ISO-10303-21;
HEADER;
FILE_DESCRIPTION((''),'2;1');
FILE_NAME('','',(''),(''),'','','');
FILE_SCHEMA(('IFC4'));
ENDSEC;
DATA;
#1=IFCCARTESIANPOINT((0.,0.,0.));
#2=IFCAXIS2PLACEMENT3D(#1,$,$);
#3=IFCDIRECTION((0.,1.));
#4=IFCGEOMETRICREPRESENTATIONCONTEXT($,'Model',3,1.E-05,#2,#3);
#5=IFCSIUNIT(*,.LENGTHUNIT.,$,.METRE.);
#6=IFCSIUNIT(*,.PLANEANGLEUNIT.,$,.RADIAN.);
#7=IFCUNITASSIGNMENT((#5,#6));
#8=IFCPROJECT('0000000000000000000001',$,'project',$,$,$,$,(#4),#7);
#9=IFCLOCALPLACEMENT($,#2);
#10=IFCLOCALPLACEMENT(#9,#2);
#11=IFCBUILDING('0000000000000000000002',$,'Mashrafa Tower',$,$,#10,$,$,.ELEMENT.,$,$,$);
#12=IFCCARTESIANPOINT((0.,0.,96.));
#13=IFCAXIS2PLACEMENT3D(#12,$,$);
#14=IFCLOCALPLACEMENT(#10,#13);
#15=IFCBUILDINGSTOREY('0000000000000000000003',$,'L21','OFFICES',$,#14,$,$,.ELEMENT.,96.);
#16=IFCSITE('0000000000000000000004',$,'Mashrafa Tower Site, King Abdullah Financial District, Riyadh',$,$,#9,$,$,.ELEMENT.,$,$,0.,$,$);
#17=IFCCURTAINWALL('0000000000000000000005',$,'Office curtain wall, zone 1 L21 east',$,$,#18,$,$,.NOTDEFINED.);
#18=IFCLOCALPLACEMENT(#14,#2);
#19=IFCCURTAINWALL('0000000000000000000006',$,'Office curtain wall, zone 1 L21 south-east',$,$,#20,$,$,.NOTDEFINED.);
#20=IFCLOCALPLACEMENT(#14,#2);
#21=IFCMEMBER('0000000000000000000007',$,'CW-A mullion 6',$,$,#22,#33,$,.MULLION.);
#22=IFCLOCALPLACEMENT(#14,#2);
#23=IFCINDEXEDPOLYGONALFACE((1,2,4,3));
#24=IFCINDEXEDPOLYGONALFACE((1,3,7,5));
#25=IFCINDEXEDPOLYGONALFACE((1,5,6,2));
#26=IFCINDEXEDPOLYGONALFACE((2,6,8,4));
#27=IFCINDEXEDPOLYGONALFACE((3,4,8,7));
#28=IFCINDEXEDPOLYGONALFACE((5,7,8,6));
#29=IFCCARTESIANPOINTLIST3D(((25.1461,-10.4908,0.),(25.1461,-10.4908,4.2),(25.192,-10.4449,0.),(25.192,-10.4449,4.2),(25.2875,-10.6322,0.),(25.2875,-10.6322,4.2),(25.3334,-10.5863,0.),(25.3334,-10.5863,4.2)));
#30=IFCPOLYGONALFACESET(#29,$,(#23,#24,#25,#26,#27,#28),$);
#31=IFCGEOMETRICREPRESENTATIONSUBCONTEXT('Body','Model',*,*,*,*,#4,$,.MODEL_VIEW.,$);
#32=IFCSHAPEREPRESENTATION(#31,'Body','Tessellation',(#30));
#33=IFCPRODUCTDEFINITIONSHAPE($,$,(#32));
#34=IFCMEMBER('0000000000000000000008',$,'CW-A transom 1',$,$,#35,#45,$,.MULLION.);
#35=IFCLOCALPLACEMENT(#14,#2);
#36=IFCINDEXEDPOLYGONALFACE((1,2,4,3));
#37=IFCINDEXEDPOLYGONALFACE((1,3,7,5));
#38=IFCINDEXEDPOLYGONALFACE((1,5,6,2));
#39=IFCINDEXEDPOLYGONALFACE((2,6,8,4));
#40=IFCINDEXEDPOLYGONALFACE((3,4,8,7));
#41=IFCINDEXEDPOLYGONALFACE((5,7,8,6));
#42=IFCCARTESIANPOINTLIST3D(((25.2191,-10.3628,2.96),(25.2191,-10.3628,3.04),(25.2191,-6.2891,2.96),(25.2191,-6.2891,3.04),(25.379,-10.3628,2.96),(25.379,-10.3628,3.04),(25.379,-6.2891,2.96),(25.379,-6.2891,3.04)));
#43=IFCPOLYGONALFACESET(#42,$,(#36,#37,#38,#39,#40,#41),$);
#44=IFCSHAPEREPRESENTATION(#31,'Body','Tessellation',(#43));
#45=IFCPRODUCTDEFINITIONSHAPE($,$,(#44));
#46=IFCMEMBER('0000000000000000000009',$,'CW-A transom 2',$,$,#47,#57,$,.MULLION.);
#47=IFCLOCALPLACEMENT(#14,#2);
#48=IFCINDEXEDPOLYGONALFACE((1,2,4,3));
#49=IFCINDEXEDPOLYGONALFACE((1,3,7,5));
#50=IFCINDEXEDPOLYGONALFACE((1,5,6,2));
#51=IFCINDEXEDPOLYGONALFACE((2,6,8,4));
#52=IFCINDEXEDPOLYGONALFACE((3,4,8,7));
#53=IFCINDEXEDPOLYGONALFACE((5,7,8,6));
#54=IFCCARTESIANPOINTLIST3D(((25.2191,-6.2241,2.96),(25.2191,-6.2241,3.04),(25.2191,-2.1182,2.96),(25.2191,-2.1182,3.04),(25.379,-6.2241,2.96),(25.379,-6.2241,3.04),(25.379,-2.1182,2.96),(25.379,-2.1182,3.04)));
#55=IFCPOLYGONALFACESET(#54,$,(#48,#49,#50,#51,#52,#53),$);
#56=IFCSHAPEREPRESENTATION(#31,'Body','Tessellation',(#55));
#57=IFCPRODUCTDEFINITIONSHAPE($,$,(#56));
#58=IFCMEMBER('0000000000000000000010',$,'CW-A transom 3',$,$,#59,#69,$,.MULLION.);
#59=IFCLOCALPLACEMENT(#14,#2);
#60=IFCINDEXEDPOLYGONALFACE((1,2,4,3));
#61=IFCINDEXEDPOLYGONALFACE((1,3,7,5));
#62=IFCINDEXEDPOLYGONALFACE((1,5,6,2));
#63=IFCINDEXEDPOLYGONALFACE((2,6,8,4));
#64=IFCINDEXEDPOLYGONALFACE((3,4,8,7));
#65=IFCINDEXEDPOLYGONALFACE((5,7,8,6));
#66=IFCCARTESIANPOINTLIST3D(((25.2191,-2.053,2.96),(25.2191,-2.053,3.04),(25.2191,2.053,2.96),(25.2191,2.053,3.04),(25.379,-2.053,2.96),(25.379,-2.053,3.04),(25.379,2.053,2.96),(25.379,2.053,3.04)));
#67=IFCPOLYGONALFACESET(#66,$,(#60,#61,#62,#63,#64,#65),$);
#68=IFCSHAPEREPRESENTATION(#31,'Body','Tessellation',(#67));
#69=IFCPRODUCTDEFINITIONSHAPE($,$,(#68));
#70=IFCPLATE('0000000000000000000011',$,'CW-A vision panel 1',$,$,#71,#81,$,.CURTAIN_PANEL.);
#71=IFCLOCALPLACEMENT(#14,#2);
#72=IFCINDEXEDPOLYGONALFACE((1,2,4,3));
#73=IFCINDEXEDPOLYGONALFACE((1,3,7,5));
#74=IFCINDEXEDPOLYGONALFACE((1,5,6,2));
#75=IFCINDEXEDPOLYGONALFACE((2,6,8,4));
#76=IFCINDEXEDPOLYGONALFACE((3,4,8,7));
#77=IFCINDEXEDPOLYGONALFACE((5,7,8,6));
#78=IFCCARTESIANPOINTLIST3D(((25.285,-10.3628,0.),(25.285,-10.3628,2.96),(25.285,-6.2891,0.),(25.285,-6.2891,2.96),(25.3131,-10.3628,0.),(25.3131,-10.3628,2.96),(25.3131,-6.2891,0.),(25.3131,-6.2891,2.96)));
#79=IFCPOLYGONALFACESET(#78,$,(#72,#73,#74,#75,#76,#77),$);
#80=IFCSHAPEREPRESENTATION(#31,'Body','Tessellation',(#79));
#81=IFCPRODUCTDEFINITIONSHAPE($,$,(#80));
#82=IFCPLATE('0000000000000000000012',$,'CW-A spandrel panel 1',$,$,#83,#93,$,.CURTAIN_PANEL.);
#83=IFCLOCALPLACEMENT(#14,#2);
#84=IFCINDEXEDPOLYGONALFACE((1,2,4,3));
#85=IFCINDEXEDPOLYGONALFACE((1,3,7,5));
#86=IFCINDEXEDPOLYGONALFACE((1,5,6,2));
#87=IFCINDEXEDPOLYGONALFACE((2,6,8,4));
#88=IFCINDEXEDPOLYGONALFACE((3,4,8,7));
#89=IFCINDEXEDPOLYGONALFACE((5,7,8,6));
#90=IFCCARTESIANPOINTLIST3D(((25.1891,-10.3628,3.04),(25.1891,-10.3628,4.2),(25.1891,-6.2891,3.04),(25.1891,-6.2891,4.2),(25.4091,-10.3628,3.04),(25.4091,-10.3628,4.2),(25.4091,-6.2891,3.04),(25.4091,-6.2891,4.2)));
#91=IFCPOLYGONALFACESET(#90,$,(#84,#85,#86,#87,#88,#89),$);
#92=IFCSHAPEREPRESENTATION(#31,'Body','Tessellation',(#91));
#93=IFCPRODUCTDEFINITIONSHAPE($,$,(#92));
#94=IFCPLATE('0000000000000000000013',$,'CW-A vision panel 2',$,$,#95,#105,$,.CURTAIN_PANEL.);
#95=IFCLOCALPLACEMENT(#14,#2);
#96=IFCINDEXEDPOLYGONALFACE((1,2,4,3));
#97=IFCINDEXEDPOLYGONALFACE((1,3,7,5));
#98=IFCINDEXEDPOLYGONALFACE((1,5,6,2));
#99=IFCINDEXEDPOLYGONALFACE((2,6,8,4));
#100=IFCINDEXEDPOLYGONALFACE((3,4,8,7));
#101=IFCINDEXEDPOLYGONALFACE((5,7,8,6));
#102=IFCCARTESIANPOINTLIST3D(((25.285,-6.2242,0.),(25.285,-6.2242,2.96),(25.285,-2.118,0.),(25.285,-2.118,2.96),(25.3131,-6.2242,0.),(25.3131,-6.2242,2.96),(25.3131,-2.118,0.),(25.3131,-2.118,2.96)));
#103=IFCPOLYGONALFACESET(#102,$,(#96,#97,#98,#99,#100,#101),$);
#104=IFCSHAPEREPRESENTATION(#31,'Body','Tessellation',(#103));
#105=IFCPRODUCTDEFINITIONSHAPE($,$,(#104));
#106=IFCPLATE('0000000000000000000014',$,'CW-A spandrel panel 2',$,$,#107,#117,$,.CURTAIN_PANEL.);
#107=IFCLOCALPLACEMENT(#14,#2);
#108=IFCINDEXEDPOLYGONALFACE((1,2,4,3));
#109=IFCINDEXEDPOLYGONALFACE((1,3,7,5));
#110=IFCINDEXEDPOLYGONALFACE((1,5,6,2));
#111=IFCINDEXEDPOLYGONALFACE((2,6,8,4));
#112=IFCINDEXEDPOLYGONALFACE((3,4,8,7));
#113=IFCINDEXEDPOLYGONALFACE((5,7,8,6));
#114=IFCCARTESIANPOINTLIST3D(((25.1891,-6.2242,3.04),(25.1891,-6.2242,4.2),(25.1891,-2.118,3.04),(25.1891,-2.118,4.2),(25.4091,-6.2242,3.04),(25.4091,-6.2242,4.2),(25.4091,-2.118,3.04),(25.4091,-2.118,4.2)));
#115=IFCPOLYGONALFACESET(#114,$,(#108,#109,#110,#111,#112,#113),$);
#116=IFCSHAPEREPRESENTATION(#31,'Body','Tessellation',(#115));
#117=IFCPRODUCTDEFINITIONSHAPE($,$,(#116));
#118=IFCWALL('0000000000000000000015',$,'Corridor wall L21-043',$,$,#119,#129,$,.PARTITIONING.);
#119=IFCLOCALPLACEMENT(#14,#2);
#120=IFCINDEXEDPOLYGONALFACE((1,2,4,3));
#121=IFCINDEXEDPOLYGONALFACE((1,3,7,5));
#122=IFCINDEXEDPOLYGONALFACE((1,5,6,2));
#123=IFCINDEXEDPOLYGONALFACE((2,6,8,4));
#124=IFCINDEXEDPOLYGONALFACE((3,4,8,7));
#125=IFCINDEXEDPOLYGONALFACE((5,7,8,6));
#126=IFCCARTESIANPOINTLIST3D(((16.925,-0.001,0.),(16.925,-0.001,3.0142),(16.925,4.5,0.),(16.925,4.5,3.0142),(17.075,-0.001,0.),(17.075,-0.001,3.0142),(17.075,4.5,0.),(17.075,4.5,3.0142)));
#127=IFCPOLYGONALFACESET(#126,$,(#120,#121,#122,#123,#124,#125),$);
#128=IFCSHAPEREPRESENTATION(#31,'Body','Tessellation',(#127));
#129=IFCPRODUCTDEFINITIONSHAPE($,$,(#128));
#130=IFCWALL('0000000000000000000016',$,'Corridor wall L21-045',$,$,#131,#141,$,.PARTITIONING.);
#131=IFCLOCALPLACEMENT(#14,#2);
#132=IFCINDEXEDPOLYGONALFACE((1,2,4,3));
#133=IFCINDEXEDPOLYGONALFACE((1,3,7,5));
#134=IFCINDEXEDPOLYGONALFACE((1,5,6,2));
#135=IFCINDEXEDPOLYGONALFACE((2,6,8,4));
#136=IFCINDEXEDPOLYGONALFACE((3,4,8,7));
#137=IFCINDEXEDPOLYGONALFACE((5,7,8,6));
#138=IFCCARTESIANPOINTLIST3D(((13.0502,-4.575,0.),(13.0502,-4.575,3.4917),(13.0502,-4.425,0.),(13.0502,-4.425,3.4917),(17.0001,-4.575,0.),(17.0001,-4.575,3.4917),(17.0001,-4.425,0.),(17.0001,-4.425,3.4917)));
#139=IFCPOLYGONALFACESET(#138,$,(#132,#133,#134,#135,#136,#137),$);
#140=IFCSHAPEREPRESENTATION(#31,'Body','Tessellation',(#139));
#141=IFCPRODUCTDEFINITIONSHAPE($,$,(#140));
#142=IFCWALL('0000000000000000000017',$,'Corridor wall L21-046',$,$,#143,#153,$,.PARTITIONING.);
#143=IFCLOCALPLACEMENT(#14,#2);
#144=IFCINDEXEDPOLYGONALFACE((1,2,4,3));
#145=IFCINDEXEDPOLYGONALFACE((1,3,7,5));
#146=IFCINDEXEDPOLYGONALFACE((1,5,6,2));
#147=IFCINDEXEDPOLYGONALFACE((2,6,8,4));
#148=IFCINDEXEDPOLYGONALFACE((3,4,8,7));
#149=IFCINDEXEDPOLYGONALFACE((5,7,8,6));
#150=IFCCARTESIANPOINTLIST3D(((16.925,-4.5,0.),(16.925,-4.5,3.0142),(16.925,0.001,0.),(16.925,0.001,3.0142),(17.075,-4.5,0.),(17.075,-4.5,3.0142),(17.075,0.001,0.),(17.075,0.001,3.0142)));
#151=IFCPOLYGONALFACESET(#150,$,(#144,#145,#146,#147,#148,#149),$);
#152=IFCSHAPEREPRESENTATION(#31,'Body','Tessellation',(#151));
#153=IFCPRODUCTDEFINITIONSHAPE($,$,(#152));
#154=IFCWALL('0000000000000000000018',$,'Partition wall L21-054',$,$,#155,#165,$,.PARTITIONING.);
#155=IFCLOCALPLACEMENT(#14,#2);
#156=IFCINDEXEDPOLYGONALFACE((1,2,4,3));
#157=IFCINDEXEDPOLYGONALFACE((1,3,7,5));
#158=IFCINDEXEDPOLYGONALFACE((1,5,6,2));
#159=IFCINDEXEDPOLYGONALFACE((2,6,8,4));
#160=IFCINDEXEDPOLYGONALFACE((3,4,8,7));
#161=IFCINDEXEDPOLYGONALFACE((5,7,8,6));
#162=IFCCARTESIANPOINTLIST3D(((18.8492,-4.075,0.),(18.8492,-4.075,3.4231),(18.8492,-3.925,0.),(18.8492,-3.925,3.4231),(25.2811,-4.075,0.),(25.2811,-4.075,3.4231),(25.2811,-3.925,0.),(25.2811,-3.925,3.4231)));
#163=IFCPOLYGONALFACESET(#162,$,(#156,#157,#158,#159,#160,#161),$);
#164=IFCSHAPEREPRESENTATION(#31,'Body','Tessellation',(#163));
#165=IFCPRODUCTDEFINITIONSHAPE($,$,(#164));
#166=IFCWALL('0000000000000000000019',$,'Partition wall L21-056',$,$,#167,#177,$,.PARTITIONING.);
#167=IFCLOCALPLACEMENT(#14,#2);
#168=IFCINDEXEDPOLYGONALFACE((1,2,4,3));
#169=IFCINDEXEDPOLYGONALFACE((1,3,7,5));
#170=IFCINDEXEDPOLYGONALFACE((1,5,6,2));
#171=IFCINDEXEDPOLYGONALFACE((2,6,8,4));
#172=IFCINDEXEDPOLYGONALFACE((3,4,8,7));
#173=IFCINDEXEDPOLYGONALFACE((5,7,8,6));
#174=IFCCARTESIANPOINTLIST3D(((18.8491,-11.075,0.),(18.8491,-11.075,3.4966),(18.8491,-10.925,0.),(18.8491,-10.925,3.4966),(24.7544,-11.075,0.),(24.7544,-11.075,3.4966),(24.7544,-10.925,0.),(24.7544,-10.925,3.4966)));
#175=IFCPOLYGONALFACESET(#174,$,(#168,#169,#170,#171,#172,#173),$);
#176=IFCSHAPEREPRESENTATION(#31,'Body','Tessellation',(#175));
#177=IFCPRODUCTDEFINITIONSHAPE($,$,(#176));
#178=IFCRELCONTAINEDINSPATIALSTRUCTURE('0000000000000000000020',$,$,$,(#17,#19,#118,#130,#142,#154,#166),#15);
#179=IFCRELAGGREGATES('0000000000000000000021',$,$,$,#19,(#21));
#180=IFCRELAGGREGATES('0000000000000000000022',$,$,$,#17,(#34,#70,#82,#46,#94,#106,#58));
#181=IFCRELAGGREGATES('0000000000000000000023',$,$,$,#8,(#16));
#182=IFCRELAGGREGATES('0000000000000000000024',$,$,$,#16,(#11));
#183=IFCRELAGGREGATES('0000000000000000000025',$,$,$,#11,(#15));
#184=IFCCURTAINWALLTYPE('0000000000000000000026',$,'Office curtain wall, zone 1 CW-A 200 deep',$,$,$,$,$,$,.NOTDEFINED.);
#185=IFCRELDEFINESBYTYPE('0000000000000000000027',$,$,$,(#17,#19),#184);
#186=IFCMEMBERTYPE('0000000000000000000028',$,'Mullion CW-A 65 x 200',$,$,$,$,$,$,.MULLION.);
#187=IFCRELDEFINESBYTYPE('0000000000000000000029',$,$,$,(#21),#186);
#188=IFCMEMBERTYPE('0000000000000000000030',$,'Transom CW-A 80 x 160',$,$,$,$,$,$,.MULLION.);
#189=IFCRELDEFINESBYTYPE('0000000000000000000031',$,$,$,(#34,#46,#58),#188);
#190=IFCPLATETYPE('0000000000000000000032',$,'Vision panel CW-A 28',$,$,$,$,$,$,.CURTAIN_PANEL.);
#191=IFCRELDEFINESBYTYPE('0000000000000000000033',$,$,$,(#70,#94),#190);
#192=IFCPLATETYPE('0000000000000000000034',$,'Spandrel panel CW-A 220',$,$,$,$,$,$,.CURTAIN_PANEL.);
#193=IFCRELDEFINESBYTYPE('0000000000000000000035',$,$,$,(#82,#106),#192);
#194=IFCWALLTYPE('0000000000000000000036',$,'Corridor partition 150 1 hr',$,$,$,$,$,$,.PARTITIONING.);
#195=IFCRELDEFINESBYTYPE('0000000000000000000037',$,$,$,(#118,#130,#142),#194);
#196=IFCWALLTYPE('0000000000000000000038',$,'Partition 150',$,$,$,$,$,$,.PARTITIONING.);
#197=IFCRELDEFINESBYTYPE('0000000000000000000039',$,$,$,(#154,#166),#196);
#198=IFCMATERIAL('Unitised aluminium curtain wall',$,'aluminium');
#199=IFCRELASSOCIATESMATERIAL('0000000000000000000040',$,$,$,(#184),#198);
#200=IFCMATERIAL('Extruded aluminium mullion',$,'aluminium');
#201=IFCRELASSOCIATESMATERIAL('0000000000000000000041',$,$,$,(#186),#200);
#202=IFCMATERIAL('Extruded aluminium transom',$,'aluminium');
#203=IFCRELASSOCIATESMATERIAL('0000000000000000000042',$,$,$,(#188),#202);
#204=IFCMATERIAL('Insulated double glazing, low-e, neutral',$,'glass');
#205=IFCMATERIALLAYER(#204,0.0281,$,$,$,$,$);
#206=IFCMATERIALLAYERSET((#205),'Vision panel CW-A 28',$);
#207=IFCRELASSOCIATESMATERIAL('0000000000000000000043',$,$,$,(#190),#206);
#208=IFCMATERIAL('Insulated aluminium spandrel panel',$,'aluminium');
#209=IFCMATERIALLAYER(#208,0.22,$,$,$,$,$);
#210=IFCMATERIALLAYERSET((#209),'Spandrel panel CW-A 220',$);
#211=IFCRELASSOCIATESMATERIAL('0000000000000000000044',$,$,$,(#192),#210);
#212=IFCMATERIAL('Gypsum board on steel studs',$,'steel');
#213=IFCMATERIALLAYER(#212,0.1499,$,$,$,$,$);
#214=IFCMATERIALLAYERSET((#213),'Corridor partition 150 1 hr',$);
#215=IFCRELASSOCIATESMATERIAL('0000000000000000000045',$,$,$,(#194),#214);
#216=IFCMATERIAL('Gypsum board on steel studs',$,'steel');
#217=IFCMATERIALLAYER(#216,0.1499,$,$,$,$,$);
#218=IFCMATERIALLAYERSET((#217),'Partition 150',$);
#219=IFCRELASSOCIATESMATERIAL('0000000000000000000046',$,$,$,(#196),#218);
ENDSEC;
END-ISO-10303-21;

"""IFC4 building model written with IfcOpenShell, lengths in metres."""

from ifc_helpers import new_model, si_unit, direction, frame, frame_2d, origin, origin_2d, place, context, subcontext, project, spatial, rectangle, extrude, source, transform, mapped, material, layer, layer_set, material_profile, profile_set, type_object, type_shapes, element, aggregate, save


model = new_model("IFC4")

# Units and contexts
model_context = context("Model", 3, precision=1e-05, world=origin(), true_north=direction((0.0, 1.0)))
body_context = subcontext(model_context, "Body", "Model", "MODEL_VIEW")
ifc_project = project(units=[si_unit("LENGTHUNIT", "METRE"), si_unit("PLANEANGLEUNIT", "RADIAN")], contexts=[model_context])

# Site, building, storey
site_placement = place(None, origin())
site = spatial("IfcSite", under=ifc_project, at=site_placement, Name="Mashrafa Tower Site, King Abdullah Financial District, Riyadh", CompositionType="ELEMENT", RefElevation=0.0)
building_placement = place(site_placement, origin())
building = spatial("IfcBuilding", under=site, at=building_placement, Name="Mashrafa Tower", CompositionType="ELEMENT")
storey_placement = place(building_placement, frame((0.0, 0.0, 96.0)))
storey = spatial("IfcBuildingStorey", under=building, at=storey_placement, Name="L21", Description="OFFICES", CompositionType="ELEMENT", Elevation=96.0)

# Curtain wall
ifc_material_1 = material(Name="Unitised aluminium curtain wall", Category="aluminium")
curtain_wall_type = type_object("IfcCurtainWallType", Name="Office curtain wall, zone 1 CW-A 200 deep", PredefinedType="NOTDEFINED", material=ifc_material_1)
curtain_wall_1_placement = place(storey_placement, origin())
curtain_wall_1 = element("IfcCurtainWall", 1, at=curtain_wall_1_placement, inside=storey, type_object=curtain_wall_type, Name="Office curtain wall, zone 1 L21 east", PredefinedType="NOTDEFINED")
ifc_material_2 = material(Name="Extruded aluminium mullion", Category="aluminium")
ifc_material_profile_1 = material_profile(ifc_material_2, rectangle(XDim=0.2, YDim=0.0649, at=origin_2d()), Name="Mullion 65x200")
ifc_profile_set_1 = profile_set([ifc_material_profile_1], Name="Extruded aluminium mullion")
member_type_1 = type_object("IfcMemberType", Name="Mullion CW-A 65 x 200", PredefinedType="MULLION", material=ifc_profile_set_1)
shared_shape_1 = source(origin(), body_context, "Body", "SweptSolid", [
    extrude(rectangle(XDim=0.2, YDim=0.0649, at=origin_2d()), origin(), (0.0, 0.0, 1.0), 4.2),
])
type_shapes(member_type_1, [shared_shape_1])

# Curtain wall, member
curtain_wall_2_placement = place(storey_placement, origin())
curtain_wall_2 = element("IfcCurtainWall", 2, at=curtain_wall_2_placement, inside=storey, type_object=curtain_wall_type, Name="Office curtain wall, zone 1 L21 south-east", PredefinedType="NOTDEFINED")
member_1_placement = place(storey_placement, frame((25.2397, -10.5386, 0.0), z_axis=(0.0, 0.0, 1.0), x_axis=(-0.707107, 0.707107, 0.0)))
member_1 = element("IfcMember", 3, at=member_1_placement, type_object=member_type_1, Name="CW-A mullion 6", PredefinedType="MULLION", context=body_context, shape_type="MappedRepresentation", body=[
    mapped(shared_shape_1, transform((0.0, 0.0, 0.0))),
])
aggregate(curtain_wall_2, [member_1])

# Members
ifc_material_3 = material(Name="Extruded aluminium transom", Category="aluminium")
ifc_material_profile_2 = material_profile(ifc_material_3, rectangle(XDim=0.1599, YDim=0.0801, at=origin_2d()), Name="Transom 80x160")
ifc_profile_set_2 = profile_set([ifc_material_profile_2], Name="Extruded aluminium transom")
member_type_2 = type_object("IfcMemberType", Name="Transom CW-A 80 x 160", PredefinedType="MULLION", material=ifc_profile_set_2)
shared_shape_2 = source(origin(), body_context, "Body", "SweptSolid", [
    extrude(rectangle(XDim=0.1599, YDim=0.0801, at=origin_2d()), origin(), (0.0, 0.0, 1.0), 4.0737),
])
member_2_placement = place(storey_placement, frame((25.2991, -10.3628, 3.0), z_axis=(0.0, 1.0, 0.0), x_axis=(-1.0, 0.0, 0.0)))
member_2 = element("IfcMember", 4, at=member_2_placement, type_object=member_type_2, Name="CW-A transom 1", PredefinedType="MULLION", context=body_context, shape_type="MappedRepresentation", body=[
    mapped(shared_shape_2, transform((0.0, 0.0, 0.0))),
])
shared_shape_3 = source(origin(), body_context, "Body", "SweptSolid", [
    extrude(rectangle(XDim=0.1599, YDim=0.0801, at=origin_2d()), origin(), (0.0, 0.0, 1.0), 4.106),
])
type_shapes(member_type_2, [shared_shape_2, shared_shape_3])
member_3_placement = place(storey_placement, frame((25.2991, -6.2241, 3.0), z_axis=(0.0, 1.0, 0.0), x_axis=(-1.0, 0.0, 0.0)))
member_3 = element("IfcMember", 5, at=member_3_placement, type_object=member_type_2, Name="CW-A transom 2", PredefinedType="MULLION", context=body_context, shape_type="MappedRepresentation", body=[
    mapped(shared_shape_3, transform((0.0, 0.0, 0.0))),
])
member_4_placement = place(storey_placement, frame((25.2991, -2.053, 3.0), z_axis=(0.0, 1.0, 0.0), x_axis=(-1.0, 0.0, 0.0)))
member_4 = element("IfcMember", 6, at=member_4_placement, type_object=member_type_2, Name="CW-A transom 3", PredefinedType="MULLION", context=body_context, shape_type="MappedRepresentation", body=[
    mapped(shared_shape_3, transform((0.0, 0.0, 0.0))),
])

# Plates
ifc_material_4 = material(Name="Insulated double glazing, low-e, neutral", Category="glass")
ifc_layer_1 = layer(ifc_material_4, 0.0281)
ifc_layer_set_1 = layer_set([ifc_layer_1], Name="Vision panel CW-A 28")
plate_type_1 = type_object("IfcPlateType", Name="Vision panel CW-A 28", PredefinedType="CURTAIN_PANEL", material=ifc_layer_set_1)
shared_shape_4 = source(origin(), body_context, "Body", "SweptSolid", [
    extrude(rectangle(XDim=4.0737, YDim=0.0281, at=origin_2d()), origin(), (0.0, 0.0, 1.0), 2.96),
])
plate_1_placement = place(storey_placement, frame((25.2991, -8.3259, 0.0), z_axis=(0.0, 0.0, 1.0), x_axis=(0.0, 1.0, 0.0)))
plate_1 = element("IfcPlate", 7, at=plate_1_placement, type_object=plate_type_1, Name="CW-A vision panel 1", PredefinedType="CURTAIN_PANEL", context=body_context, shape_type="MappedRepresentation", body=[
    mapped(shared_shape_4, transform((0.0, 0.0, 0.0))),
])
ifc_material_5 = material(Name="Insulated aluminium spandrel panel", Category="aluminium")
ifc_layer_2 = layer(ifc_material_5, 0.22)
ifc_layer_set_2 = layer_set([ifc_layer_2], Name="Spandrel panel CW-A 220")
plate_type_2 = type_object("IfcPlateType", Name="Spandrel panel CW-A 220", PredefinedType="CURTAIN_PANEL", material=ifc_layer_set_2)
shared_shape_5 = source(origin(), body_context, "Body", "SweptSolid", [
    extrude(rectangle(XDim=4.0737, YDim=0.22, at=origin_2d()), origin(), (0.0, 0.0, 1.0), 1.1599),
])
plate_2_placement = place(storey_placement, frame((25.2991, -8.3259, 3.04), z_axis=(0.0, 0.0, 1.0), x_axis=(0.0, 1.0, 0.0)))
plate_2 = element("IfcPlate", 8, at=plate_2_placement, type_object=plate_type_2, Name="CW-A spandrel panel 1", PredefinedType="CURTAIN_PANEL", context=body_context, shape_type="MappedRepresentation", body=[
    mapped(shared_shape_5, transform((0.0, 0.0, 0.0))),
])
shared_shape_6 = source(origin(), body_context, "Body", "SweptSolid", [
    extrude(rectangle(XDim=4.1062, YDim=0.0281, at=origin_2d()), origin(), (0.0, 0.0, 1.0), 2.96),
])
type_shapes(plate_type_1, [shared_shape_4, shared_shape_6])
plate_3_placement = place(storey_placement, frame((25.2991, -4.1711, 0.0), z_axis=(0.0, 0.0, 1.0), x_axis=(0.0, 1.0, 0.0)))
plate_3 = element("IfcPlate", 9, at=plate_3_placement, type_object=plate_type_1, Name="CW-A vision panel 2", PredefinedType="CURTAIN_PANEL", context=body_context, shape_type="MappedRepresentation", body=[
    mapped(shared_shape_6, transform((0.0, 0.0, 0.0))),
])
shared_shape_7 = source(origin(), body_context, "Body", "SweptSolid", [
    extrude(rectangle(XDim=4.1062, YDim=0.22, at=origin_2d()), origin(), (0.0, 0.0, 1.0), 1.1599),
])
type_shapes(plate_type_2, [shared_shape_5, shared_shape_7])
plate_4_placement = place(storey_placement, frame((25.2991, -4.1711, 3.04), z_axis=(0.0, 0.0, 1.0), x_axis=(0.0, 1.0, 0.0)))
plate_4 = element("IfcPlate", 10, at=plate_4_placement, type_object=plate_type_2, Name="CW-A spandrel panel 2", PredefinedType="CURTAIN_PANEL", context=body_context, shape_type="MappedRepresentation", body=[
    mapped(shared_shape_7, transform((0.0, 0.0, 0.0))),
])
aggregate(curtain_wall_1, [member_2, plate_1, plate_2, member_3, plate_3, plate_4, member_4])

# Shared definitions
ifc_material_6 = material(Name="Gypsum board on steel studs", Category="steel")
ifc_layer_3 = layer(ifc_material_6, 0.1499)
ifc_layer_set_3 = layer_set([ifc_layer_3], Name="Corridor partition 150 1 hr")
wall_type_1 = type_object("IfcWallType", Name="Corridor partition 150 1 hr", PredefinedType="PARTITIONING", material=ifc_layer_set_3)

# Walls
wall_1_placement = place(storey_placement, frame((17.0, -0.001, 0.0), z_axis=(0.0, 0.0, 1.0), x_axis=(0.0, 1.0, 0.0)))
element("IfcWall", 11, at=wall_1_placement, inside=storey, type_object=wall_type_1, Name="Corridor wall L21-043", PredefinedType="PARTITIONING", context=body_context, shape_type="SweptSolid", body=[
    extrude(rectangle(XDim=4.501, YDim=0.1499, at=frame_2d((2.2505, 0.0))), origin(), (0.0, 0.0, 1.0), 3.0142),
])
wall_2_placement = place(storey_placement, frame((13.05, -4.5, 0.0), z_axis=(0.0, 0.0, 1.0), x_axis=(1.0, 0.0, 0.0)))
element("IfcWall", 12, at=wall_2_placement, inside=storey, type_object=wall_type_1, Name="Corridor wall L21-045", PredefinedType="PARTITIONING", context=body_context, shape_type="SweptSolid", body=[
    extrude(rectangle(XDim=3.95, YDim=0.1499, at=frame_2d((1.9751, 0.0))), origin(), (0.0, 0.0, 1.0), 3.4917),
])
wall_3_placement = place(storey_placement, frame((17.0, -4.5, 0.0), z_axis=(0.0, 0.0, 1.0), x_axis=(0.0, 1.0, 0.0)))
element("IfcWall", 13, at=wall_3_placement, inside=storey, type_object=wall_type_1, Name="Corridor wall L21-046", PredefinedType="PARTITIONING", context=body_context, shape_type="SweptSolid", body=[
    extrude(rectangle(XDim=4.501, YDim=0.1499, at=frame_2d((2.2505, 0.0))), origin(), (0.0, 0.0, 1.0), 3.0142),
])
ifc_material_7 = material(Name="Gypsum board on steel studs", Category="steel")
ifc_layer_4 = layer(ifc_material_7, 0.1499)
ifc_layer_set_4 = layer_set([ifc_layer_4], Name="Partition 150")
wall_type_2 = type_object("IfcWallType", Name="Partition 150", PredefinedType="PARTITIONING", material=ifc_layer_set_4)
wall_4_placement = place(storey_placement, frame((25.281, -4.0, 0.0), z_axis=(0.0, 0.0, 1.0), x_axis=(-1.0, 0.0, 0.0)))
element("IfcWall", 14, at=wall_4_placement, inside=storey, type_object=wall_type_2, Name="Partition wall L21-054", PredefinedType="PARTITIONING", context=body_context, shape_type="SweptSolid", body=[
    extrude(rectangle(XDim=6.4319, YDim=0.1499, at=frame_2d((3.2158, 0.0))), origin(), (0.0, 0.0, 1.0), 3.4231),
])

# Wall
wall_5_placement = place(storey_placement, frame((18.8491, -11.0, 0.0), z_axis=(0.0, 0.0, 1.0), x_axis=(1.0, 0.0, 0.0)))
element("IfcWall", 15, at=wall_5_placement, inside=storey, type_object=wall_type_2, Name="Partition wall L21-056", PredefinedType="PARTITIONING", context=body_context, shape_type="SweptSolid", body=[
    extrude(rectangle(XDim=5.9053, YDim=0.1499, at=frame_2d((2.9526, 0.0))), origin(), (0.0, 0.0, 1.0), 3.4966),
])

save(model, "model.ifc")
